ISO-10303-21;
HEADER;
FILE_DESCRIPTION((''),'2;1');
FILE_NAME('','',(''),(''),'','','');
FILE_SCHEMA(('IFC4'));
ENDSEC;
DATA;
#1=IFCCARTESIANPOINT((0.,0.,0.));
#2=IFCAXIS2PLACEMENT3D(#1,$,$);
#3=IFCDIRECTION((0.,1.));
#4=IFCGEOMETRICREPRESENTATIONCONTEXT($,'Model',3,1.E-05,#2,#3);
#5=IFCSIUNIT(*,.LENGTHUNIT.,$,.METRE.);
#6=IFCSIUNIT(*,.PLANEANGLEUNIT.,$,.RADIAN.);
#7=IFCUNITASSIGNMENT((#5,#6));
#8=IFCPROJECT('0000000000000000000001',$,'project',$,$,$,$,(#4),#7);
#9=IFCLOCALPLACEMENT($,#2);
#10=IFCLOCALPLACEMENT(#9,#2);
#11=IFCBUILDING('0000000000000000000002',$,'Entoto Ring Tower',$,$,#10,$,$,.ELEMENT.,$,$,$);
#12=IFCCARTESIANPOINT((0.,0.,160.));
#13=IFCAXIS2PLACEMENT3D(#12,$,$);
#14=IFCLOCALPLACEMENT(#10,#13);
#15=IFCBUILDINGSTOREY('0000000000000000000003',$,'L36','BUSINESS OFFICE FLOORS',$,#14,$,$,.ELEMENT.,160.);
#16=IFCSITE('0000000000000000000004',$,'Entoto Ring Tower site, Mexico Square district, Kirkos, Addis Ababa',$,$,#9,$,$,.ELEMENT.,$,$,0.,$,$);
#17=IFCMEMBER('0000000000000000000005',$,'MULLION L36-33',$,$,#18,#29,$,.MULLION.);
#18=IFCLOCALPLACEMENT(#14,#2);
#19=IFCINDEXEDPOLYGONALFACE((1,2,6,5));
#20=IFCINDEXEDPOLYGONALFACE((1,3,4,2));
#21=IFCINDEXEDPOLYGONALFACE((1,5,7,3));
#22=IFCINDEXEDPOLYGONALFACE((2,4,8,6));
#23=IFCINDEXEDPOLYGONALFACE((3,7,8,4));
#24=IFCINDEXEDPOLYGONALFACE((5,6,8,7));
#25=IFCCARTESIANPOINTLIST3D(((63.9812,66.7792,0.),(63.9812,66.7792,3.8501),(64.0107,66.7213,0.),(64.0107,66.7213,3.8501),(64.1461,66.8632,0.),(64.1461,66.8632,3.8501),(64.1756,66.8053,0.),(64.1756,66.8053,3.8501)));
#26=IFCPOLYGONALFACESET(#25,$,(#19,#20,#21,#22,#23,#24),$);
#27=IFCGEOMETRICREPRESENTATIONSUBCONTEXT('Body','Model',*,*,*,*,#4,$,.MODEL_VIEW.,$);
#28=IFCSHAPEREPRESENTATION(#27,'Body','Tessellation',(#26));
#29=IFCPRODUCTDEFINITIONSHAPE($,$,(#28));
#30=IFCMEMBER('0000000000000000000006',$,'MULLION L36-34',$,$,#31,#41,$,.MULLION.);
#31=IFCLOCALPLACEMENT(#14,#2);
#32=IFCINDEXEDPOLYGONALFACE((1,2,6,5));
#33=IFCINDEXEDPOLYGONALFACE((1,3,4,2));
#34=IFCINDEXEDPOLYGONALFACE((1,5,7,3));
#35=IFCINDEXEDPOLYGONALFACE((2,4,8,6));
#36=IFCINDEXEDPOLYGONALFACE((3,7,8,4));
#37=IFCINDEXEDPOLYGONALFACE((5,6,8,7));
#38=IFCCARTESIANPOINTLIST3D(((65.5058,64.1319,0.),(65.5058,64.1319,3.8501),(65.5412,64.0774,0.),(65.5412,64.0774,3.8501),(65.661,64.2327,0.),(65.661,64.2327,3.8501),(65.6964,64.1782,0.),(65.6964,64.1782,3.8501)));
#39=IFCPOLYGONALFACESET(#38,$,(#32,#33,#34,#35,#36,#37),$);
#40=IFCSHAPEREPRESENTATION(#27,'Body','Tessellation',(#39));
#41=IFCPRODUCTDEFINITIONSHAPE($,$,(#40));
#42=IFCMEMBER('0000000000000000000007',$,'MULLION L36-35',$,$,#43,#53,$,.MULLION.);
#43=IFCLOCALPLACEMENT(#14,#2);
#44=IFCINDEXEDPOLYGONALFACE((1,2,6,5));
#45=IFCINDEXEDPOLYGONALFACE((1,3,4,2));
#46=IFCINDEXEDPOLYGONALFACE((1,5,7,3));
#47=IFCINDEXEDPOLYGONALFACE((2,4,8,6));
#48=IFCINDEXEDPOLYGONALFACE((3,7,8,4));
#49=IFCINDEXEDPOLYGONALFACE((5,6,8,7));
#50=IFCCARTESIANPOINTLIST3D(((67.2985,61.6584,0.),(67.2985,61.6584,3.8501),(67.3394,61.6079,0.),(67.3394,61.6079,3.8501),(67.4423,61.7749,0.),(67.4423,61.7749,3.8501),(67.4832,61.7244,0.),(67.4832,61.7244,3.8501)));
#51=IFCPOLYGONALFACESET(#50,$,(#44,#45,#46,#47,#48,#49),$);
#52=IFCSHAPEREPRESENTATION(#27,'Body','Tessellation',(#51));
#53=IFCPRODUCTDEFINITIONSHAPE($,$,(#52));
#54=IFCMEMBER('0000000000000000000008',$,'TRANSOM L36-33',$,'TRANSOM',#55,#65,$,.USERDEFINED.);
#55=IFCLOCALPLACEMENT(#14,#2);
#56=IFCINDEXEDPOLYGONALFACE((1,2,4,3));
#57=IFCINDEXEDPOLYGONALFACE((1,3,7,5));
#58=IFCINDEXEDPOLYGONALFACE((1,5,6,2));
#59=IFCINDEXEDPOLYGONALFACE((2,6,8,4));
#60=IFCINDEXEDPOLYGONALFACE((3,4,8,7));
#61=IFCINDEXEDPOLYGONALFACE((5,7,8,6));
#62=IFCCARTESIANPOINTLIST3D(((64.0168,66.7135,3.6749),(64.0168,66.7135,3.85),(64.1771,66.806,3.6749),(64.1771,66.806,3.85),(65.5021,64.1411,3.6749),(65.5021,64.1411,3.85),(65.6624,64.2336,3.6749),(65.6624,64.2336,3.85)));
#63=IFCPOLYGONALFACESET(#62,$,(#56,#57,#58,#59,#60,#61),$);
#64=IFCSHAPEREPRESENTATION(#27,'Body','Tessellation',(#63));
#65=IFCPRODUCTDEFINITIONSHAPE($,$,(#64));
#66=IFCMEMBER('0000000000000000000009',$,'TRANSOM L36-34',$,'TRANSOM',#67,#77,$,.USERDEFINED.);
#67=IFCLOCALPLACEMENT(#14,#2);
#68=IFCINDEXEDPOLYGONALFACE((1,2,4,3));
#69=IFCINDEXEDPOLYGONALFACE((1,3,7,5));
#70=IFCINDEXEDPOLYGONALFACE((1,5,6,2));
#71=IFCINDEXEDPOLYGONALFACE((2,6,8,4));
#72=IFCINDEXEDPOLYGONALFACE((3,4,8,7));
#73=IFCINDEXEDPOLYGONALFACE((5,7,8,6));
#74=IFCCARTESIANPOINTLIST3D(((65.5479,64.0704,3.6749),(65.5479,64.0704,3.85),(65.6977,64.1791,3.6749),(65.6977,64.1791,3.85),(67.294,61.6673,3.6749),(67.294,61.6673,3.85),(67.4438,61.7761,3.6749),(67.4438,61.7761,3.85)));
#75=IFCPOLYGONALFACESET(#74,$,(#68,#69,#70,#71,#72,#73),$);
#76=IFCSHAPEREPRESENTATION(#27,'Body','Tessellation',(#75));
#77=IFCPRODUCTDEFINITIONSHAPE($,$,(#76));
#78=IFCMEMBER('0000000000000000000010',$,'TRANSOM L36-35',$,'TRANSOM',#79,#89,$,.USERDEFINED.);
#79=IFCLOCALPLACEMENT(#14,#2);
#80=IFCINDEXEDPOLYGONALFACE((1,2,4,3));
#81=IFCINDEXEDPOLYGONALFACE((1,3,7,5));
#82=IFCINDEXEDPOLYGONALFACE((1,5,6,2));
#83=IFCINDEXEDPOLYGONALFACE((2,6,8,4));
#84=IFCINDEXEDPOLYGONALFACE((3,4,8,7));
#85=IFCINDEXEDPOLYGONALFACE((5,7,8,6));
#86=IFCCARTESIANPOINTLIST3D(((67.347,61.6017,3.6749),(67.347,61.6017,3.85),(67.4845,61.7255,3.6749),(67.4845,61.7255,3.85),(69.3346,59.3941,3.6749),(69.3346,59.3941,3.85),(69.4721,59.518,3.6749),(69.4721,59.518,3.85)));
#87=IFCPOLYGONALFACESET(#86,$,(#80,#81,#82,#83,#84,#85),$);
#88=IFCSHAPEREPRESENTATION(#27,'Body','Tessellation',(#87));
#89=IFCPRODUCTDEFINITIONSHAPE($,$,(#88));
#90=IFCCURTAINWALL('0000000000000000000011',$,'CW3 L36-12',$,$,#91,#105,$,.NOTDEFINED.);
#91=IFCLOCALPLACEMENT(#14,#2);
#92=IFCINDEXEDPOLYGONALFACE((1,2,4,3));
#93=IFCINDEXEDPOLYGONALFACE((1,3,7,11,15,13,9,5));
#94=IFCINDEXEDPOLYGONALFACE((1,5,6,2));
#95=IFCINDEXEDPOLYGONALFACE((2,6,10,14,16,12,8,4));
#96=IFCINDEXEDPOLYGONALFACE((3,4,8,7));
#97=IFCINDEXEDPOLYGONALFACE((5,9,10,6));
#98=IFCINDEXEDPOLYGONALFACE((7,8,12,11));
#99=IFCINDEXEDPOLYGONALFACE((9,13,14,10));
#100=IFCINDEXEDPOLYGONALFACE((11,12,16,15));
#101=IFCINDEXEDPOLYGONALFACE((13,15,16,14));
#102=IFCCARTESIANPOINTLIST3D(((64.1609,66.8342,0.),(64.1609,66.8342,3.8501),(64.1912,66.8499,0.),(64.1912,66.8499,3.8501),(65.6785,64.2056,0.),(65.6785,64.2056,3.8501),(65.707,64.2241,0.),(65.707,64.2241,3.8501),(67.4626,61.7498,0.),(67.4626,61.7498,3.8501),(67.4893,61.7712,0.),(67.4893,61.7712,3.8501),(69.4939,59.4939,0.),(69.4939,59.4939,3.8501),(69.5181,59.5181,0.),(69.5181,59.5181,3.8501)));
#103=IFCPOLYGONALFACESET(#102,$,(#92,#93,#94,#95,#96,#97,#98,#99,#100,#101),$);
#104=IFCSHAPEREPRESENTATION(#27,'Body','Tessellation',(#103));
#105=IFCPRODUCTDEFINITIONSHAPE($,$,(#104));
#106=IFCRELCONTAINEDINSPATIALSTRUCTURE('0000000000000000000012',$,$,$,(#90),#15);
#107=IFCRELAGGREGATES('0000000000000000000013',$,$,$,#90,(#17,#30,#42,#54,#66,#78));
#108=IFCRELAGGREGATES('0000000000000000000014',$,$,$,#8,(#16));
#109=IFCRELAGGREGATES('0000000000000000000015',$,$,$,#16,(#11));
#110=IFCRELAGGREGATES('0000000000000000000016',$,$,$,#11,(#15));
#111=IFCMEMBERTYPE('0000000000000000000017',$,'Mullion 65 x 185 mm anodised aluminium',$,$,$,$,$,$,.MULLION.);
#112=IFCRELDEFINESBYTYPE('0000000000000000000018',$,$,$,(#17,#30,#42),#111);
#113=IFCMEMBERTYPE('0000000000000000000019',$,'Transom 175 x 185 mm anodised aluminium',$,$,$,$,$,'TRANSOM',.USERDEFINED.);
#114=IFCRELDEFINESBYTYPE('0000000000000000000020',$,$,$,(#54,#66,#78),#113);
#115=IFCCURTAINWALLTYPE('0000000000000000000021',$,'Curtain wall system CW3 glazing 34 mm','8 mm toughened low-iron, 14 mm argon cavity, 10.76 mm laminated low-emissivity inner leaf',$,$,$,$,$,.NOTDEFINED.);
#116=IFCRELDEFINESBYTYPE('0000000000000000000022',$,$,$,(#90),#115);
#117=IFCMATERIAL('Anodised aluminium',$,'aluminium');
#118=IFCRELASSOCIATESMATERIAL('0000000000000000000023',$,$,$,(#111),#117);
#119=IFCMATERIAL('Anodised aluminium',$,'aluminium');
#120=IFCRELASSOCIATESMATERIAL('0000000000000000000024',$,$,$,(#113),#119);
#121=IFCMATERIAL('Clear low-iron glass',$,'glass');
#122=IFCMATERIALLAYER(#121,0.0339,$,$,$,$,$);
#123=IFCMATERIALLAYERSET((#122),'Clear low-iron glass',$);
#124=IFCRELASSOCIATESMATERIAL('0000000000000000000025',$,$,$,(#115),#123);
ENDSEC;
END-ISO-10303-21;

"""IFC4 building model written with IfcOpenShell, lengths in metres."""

from ifc_helpers import new_model, si_unit, direction, frame, origin, origin_2d, place, context, subcontext, project, spatial, polyline, rectangle, outline, extrude, material, layer, layer_set, material_profile, profile_set, type_object, element, aggregate, save


model = new_model("IFC4")

# Units and contexts
model_context = context("Model", 3, precision=1e-05, world=origin(), true_north=direction((0.0, 1.0)))
body_context = subcontext(model_context, "Body", "Model", "MODEL_VIEW")
ifc_project = project(units=[si_unit("LENGTHUNIT", "METRE"), si_unit("PLANEANGLEUNIT", "RADIAN")], contexts=[model_context])

# Members
ifc_material_1 = material(Name="Anodised aluminium", Category="aluminium")
ifc_material_profile_1 = material_profile(ifc_material_1, rectangle(XDim=0.0649, YDim=0.1851, at=origin_2d()), Name="Mullion 65 x 185 mm anodised aluminium")
ifc_profile_set_1 = profile_set([ifc_material_profile_1], Name="Anodised aluminium")
member_type_1 = type_object("IfcMemberType", Name="Mullion 65 x 185 mm anodised aluminium", PredefinedType="MULLION", material=ifc_profile_set_1)
site_placement = place(None, origin())
building_placement = place(site_placement, origin())
storey_placement = place(building_placement, frame((0.0, 0.0, 160.0)))
member_1_placement = place(storey_placement, frame((64.0784, 66.7922, 0.0), z_axis=(0.0, 0.0, 1.0), x_axis=(0.45399, -0.891007, 0.0)))
member_1 = element("IfcMember", 1, at=member_1_placement, type_object=member_type_1, Name="MULLION L36-33", PredefinedType="MULLION", context=body_context, shape_type="SweptSolid", body=[
    extrude(rectangle(XDim=0.0649, YDim=0.1851, at=origin_2d()), origin(), (0.0, 0.0, 1.0), 3.8501),
])
member_2_placement = place(storey_placement, frame((65.6011, 64.155, 0.0), z_axis=(0.0, 0.0, 1.0), x_axis=(0.544639, -0.838671, 0.0)))
member_2 = element("IfcMember", 2, at=member_2_placement, type_object=member_type_1, Name="MULLION L36-34", PredefinedType="MULLION", context=body_context, shape_type="SweptSolid", body=[
    extrude(rectangle(XDim=0.0649, YDim=0.1851, at=origin_2d()), origin(), (0.0, 0.0, 1.0), 3.8501),
])
member_3_placement = place(storey_placement, frame((67.3909, 61.6914, 0.0), z_axis=(0.0, 0.0, 1.0), x_axis=(0.62932, -0.777146, 0.0)))
member_3 = element("IfcMember", 3, at=member_3_placement, type_object=member_type_1, Name="MULLION L36-35", PredefinedType="MULLION", context=body_context, shape_type="SweptSolid", body=[
    extrude(rectangle(XDim=0.0649, YDim=0.1851, at=origin_2d()), origin(), (0.0, 0.0, 1.0), 3.8501),
])
ifc_material_2 = material(Name="Anodised aluminium", Category="aluminium")
ifc_material_profile_2 = material_profile(ifc_material_2, rectangle(XDim=0.1851, YDim=0.175, at=origin_2d()), Name="Transom 175 x 185 mm anodised aluminium")
ifc_profile_set_2 = profile_set([ifc_material_profile_2], Name="Anodised aluminium")
member_type_2 = type_object("IfcMemberType", Name="Transom 175 x 185 mm anodised aluminium", ElementType="TRANSOM", PredefinedType="USERDEFINED", material=ifc_profile_set_2)
member_4_placement = place(storey_placement, frame((64.0969, 66.7598, 3.7625), z_axis=(0.500028, -0.866009, 0.0), x_axis=(0.866009, 0.500028, 0.0)))
member_4 = element("IfcMember", 4, at=member_4_placement, type_object=member_type_2, Name="TRANSOM L36-33", ObjectType="TRANSOM", PredefinedType="USERDEFINED", context=body_context, shape_type="SweptSolid", body=[
    extrude(rectangle(XDim=0.1851, YDim=0.175, at=origin_2d()), origin(), (0.0, 0.0, 1.0), 2.9705),
])
member_5_placement = place(storey_placement, frame((65.6228, 64.1248, 3.7625), z_axis=(0.58782, -0.808992, 0.0), x_axis=(0.808992, 0.58782, 0.0)))
member_5 = element("IfcMember", 5, at=member_5_placement, type_object=member_type_2, Name="TRANSOM L36-34", ObjectType="TRANSOM", PredefinedType="USERDEFINED", context=body_context, shape_type="SweptSolid", body=[
    extrude(rectangle(XDim=0.1851, YDim=0.175, at=origin_2d()), origin(), (0.0, 0.0, 1.0), 2.9705),
])
member_6_placement = place(storey_placement, frame((67.4158, 61.6636, 3.7625), z_axis=(0.66911, -0.743163, 0.0), x_axis=(0.743163, 0.66911, 0.0)))
member_6 = element("IfcMember", 6, at=member_6_placement, type_object=member_type_2, Name="TRANSOM L36-35", ObjectType="TRANSOM", PredefinedType="USERDEFINED", context=body_context, shape_type="SweptSolid", body=[
    extrude(rectangle(XDim=0.1851, YDim=0.175, at=origin_2d()), origin(), (0.0, 0.0, 1.0), 2.9705),
])

# Site, building, storey
site = spatial("IfcSite", under=ifc_project, at=site_placement, Name="Entoto Ring Tower site, Mexico Square district, Kirkos, Addis Ababa", CompositionType="ELEMENT", RefElevation=0.0)
building = spatial("IfcBuilding", under=site, at=building_placement, Name="Entoto Ring Tower", CompositionType="ELEMENT")
storey = spatial("IfcBuildingStorey", under=building, at=storey_placement, Name="L36", Description="BUSINESS OFFICE FLOORS", CompositionType="ELEMENT", Elevation=160.0)

# Curtain wall
ifc_material_3 = material(Name="Clear low-iron glass", Category="glass")
ifc_layer = layer(ifc_material_3, 0.0339)
ifc_layer_set = layer_set([ifc_layer], Name="Clear low-iron glass")
curtain_wall_type = type_object("IfcCurtainWallType", Name="Curtain wall system CW3 glazing 34 mm", Description="8 mm toughened low-iron, 14 mm argon cavity, 10.76 mm laminated low-emissivity inner leaf", PredefinedType="NOTDEFINED", material=ifc_layer_set)
curtain_wall_1_placement = place(storey_placement, origin())
curtain_wall_1 = element("IfcCurtainWall", 7, at=curtain_wall_1_placement, inside=storey, type_object=curtain_wall_type, Name="CW3 L36-12", PredefinedType="NOTDEFINED", context=body_context, shape_type="SweptSolid", body=[
    extrude(outline(polyline([(64.1609, 66.8342), (65.6785, 64.2056), (67.4626, 61.7498), (69.4939, 59.4939), (69.5181, 59.5181), (67.4893, 61.7712), (65.707, 64.2241), (64.1912, 66.8499), (64.1609, 66.8342)])), origin(), (0.0, 0.0, 1.0), 3.8501),
])
aggregate(curtain_wall_1, [member_1, member_2, member_3, member_4, member_5, member_6])

save(model, "model.ifc")
